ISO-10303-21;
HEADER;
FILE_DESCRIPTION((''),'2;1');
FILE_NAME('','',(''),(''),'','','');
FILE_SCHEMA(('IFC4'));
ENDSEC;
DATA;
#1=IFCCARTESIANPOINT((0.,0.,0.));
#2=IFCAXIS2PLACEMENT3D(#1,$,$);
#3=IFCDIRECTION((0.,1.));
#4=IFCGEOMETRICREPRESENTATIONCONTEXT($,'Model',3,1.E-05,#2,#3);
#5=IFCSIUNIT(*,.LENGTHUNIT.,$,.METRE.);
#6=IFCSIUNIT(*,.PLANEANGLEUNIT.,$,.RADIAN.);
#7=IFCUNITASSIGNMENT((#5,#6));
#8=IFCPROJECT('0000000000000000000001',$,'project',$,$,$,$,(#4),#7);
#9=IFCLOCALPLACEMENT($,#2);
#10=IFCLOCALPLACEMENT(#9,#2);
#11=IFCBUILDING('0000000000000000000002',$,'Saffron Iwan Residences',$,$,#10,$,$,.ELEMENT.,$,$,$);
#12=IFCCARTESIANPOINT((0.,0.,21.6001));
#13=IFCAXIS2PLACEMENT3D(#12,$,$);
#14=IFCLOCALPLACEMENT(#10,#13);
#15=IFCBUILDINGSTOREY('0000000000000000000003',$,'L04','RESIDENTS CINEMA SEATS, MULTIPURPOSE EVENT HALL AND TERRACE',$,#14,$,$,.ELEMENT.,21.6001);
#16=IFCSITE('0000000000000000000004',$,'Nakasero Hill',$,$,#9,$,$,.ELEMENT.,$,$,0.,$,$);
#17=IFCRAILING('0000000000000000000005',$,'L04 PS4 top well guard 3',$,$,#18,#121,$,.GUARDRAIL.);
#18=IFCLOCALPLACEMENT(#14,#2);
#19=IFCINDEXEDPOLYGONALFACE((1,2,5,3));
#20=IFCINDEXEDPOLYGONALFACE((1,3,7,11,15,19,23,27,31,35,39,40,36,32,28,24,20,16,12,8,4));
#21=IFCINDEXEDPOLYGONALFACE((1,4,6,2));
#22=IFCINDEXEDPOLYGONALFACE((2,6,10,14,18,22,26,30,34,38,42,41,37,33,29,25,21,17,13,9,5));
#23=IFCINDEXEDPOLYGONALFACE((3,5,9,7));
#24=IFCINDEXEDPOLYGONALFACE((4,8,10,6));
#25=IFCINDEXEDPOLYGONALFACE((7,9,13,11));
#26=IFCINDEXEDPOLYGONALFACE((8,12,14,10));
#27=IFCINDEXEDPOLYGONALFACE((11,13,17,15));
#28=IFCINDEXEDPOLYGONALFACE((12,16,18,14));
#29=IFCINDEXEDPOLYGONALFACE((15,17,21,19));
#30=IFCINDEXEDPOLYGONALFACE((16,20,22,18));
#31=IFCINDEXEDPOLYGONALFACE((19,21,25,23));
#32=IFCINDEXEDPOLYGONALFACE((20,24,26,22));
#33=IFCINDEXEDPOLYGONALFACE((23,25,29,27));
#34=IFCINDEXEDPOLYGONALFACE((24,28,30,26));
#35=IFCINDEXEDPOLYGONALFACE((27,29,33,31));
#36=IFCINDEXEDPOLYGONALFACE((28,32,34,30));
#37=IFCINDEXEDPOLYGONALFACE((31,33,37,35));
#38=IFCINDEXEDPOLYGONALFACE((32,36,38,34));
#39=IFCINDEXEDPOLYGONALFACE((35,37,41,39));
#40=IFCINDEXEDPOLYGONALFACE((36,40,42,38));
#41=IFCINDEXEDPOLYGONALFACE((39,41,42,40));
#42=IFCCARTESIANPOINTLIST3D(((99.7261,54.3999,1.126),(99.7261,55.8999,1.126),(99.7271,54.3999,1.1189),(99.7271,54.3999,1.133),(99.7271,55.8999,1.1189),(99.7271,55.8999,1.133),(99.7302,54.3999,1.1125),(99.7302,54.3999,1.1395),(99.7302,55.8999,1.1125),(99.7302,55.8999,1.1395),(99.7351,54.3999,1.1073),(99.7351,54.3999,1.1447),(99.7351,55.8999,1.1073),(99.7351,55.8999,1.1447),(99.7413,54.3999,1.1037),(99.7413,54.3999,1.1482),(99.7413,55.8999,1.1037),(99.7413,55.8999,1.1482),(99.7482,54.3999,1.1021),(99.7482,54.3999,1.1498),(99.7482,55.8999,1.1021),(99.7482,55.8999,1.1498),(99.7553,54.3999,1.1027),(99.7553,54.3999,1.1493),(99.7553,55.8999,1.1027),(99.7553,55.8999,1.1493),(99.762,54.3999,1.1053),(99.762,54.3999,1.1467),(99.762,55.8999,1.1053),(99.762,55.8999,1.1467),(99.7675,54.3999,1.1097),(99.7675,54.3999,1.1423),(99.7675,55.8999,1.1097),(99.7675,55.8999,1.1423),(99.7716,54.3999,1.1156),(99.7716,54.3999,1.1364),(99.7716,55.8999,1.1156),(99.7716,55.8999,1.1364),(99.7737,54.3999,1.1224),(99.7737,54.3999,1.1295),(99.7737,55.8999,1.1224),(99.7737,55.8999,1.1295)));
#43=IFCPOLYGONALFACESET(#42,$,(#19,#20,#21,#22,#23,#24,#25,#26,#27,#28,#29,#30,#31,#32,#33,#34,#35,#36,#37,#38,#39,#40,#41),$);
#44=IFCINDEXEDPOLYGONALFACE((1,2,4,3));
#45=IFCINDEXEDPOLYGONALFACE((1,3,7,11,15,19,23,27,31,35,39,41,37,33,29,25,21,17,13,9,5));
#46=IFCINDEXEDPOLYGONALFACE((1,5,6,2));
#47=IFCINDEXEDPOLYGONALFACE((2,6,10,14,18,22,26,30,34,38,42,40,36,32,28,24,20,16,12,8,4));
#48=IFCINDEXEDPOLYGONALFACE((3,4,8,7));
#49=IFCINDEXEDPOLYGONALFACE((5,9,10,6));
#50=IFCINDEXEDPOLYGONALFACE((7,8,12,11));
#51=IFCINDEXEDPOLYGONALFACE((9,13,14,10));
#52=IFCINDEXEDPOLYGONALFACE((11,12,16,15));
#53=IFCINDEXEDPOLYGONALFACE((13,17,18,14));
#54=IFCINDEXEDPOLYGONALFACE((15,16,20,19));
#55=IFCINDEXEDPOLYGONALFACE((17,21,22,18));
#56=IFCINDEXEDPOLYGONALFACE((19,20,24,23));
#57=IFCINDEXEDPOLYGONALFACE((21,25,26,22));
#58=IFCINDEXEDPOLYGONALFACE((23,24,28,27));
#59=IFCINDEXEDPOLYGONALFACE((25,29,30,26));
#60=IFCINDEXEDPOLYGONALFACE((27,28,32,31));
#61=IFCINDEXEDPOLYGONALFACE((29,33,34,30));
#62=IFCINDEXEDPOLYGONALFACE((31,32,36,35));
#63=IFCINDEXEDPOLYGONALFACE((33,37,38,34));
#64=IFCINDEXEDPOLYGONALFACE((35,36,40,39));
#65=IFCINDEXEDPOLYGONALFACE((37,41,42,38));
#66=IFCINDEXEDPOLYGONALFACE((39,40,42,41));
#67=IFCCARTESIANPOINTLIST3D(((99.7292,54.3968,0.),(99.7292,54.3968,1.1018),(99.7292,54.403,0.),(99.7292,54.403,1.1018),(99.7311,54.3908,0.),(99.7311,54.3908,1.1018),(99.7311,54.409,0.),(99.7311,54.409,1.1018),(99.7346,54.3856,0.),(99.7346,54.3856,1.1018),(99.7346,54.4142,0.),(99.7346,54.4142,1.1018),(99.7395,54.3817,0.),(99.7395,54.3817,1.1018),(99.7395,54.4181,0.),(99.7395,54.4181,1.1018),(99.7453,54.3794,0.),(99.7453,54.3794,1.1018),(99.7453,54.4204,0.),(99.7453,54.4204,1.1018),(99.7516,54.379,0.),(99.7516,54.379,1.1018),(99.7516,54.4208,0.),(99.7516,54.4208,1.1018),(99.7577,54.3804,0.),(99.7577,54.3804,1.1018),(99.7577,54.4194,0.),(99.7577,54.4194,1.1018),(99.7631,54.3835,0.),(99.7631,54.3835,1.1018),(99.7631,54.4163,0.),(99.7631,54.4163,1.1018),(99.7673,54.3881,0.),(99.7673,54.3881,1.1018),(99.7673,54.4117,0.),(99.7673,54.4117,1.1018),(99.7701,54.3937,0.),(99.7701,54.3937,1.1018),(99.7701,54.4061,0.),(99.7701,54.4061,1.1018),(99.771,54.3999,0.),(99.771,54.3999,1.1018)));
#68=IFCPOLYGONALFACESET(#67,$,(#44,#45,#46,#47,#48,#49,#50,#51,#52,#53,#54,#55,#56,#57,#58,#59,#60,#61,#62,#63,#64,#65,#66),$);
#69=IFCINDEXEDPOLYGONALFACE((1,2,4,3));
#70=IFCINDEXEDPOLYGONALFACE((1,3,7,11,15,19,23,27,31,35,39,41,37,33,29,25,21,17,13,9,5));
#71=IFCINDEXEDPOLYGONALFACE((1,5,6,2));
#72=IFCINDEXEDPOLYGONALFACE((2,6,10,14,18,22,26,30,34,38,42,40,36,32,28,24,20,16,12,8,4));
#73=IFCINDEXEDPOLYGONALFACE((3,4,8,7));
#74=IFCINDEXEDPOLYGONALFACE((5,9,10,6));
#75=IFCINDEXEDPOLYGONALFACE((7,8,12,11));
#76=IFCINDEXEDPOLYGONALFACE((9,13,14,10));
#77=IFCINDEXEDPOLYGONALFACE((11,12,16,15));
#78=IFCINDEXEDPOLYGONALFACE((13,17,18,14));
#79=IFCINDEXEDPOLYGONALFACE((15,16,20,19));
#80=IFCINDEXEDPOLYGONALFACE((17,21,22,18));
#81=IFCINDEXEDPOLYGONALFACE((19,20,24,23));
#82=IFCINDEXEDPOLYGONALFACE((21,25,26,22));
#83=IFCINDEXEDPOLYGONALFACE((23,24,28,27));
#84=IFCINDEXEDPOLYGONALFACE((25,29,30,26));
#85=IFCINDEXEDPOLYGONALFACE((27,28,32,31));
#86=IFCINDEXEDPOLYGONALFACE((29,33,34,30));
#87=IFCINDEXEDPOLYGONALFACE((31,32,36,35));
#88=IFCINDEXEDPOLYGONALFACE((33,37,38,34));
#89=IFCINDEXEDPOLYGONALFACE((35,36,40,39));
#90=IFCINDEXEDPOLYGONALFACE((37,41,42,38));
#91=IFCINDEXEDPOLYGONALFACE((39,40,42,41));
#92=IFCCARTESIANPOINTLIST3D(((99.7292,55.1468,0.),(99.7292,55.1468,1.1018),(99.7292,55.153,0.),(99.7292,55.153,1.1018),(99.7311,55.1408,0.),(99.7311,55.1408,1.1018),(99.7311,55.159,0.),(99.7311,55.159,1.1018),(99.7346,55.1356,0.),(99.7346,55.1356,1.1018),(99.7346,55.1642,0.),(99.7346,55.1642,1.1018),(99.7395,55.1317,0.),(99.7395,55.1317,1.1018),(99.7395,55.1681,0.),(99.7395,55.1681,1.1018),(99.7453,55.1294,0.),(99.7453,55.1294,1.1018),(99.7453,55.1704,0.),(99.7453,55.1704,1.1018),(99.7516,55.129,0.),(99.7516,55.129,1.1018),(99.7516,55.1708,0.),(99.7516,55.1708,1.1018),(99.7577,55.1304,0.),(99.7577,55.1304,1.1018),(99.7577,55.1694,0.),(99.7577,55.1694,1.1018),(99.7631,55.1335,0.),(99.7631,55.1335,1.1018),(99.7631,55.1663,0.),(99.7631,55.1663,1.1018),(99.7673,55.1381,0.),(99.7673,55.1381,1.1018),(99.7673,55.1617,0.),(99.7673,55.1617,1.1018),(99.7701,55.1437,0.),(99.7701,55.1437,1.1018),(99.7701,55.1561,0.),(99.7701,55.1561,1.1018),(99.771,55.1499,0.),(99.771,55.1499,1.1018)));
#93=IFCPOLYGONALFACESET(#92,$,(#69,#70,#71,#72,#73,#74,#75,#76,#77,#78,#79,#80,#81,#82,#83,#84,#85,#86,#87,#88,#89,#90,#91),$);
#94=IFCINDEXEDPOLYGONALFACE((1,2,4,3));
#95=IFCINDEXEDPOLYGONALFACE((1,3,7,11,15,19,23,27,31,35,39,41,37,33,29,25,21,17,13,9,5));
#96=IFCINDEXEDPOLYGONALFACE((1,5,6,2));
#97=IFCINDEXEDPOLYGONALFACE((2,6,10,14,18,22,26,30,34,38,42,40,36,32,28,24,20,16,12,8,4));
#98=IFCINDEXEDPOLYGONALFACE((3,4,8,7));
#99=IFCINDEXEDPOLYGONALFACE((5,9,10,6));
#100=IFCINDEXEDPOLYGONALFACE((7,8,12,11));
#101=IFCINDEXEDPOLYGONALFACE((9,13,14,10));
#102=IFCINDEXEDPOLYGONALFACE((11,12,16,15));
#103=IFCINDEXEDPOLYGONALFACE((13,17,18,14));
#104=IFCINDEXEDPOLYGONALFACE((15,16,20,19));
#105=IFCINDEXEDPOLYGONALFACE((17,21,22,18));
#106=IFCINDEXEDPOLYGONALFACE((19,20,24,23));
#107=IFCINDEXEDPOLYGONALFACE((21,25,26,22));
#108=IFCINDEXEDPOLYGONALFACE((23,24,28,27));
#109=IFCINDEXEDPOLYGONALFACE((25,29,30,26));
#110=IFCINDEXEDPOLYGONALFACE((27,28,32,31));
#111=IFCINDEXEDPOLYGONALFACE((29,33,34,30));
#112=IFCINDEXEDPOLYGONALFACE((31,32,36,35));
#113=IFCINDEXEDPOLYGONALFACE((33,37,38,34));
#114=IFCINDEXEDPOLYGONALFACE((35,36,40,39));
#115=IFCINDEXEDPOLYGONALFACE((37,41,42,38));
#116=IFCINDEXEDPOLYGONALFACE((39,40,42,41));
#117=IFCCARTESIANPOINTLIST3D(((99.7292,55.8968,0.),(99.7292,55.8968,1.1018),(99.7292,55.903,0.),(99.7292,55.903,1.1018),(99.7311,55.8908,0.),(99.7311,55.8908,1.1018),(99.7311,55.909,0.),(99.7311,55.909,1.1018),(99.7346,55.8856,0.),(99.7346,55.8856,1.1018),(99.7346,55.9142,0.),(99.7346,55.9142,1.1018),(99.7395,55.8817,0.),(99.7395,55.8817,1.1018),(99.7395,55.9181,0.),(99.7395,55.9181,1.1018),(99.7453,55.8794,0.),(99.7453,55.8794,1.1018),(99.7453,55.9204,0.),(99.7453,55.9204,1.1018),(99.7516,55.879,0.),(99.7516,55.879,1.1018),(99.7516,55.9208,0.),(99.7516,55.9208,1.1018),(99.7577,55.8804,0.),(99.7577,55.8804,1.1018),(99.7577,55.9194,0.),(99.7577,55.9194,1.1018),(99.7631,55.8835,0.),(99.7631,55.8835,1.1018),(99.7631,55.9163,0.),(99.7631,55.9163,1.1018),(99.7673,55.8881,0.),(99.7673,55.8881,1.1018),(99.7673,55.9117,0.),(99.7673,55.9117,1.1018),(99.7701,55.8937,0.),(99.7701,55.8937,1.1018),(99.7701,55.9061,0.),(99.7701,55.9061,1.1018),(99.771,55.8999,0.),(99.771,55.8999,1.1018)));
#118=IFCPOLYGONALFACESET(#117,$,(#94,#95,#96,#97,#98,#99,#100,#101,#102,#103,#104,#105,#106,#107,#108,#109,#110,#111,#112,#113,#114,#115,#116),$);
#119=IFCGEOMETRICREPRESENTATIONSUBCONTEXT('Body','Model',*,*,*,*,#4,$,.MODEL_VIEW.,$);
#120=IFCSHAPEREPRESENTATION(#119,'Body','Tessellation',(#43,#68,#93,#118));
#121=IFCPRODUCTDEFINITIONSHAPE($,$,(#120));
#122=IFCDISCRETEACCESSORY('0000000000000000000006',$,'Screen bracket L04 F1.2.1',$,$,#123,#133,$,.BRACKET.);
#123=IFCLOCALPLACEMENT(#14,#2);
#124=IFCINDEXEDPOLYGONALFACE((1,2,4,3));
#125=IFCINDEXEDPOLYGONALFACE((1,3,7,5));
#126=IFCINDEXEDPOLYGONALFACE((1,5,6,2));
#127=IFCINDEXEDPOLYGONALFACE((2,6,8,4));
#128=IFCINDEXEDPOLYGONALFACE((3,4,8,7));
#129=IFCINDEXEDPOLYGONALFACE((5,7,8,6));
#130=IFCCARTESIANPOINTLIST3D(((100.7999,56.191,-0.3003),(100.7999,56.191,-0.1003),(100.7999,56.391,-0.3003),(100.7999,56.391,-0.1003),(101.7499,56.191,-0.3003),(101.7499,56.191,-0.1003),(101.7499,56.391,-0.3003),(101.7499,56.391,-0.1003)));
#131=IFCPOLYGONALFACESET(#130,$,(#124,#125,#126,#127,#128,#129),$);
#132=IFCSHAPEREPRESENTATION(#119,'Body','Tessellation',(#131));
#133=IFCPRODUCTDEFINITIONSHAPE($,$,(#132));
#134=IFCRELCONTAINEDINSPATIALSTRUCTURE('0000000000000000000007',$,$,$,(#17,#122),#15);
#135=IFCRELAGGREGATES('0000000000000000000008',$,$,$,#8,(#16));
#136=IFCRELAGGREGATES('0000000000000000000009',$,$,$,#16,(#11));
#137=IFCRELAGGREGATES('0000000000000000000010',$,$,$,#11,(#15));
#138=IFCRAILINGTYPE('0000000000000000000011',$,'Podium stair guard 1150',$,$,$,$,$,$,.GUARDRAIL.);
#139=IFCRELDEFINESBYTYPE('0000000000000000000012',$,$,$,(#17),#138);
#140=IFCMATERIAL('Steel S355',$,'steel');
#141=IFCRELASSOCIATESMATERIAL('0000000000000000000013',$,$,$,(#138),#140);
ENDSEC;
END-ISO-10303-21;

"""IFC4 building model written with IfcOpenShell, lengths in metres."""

from ifc_helpers import new_model, si_unit, direction, frame, origin, origin_2d, place, context, subcontext, project, spatial, rectangle, circle, extrude, source, transform, mapped, material, type_object, element, save


model = new_model("IFC4")

# Units and contexts
model_context = context("Model", 3, precision=1e-05, world=origin(), true_north=direction((0.0, 1.0)))
body_context = subcontext(model_context, "Body", "Model", "MODEL_VIEW")
ifc_project = project(units=[si_unit("LENGTHUNIT", "METRE"), si_unit("PLANEANGLEUNIT", "RADIAN")], contexts=[model_context])

# Site, building, storey
site_placement = place(None, origin())
site = spatial("IfcSite", under=ifc_project, at=site_placement, Name="Nakasero Hill", CompositionType="ELEMENT", RefElevation=0.0)
building_placement = place(site_placement, origin())
building = spatial("IfcBuilding", under=site, at=building_placement, Name="Saffron Iwan Residences", CompositionType="ELEMENT")
storey_placement = place(building_placement, frame((0.0, 0.0, 21.6001)))
storey = spatial("IfcBuildingStorey", under=building, at=storey_placement, Name="L04", Description="RESIDENTS CINEMA SEATS, MULTIPURPOSE EVENT HALL AND TERRACE", CompositionType="ELEMENT", Elevation=21.6001)

# Railing
ifc_material_1 = material(Name="Steel S355", Category="steel")
railing_type = type_object("IfcRailingType", Name="Podium stair guard 1150", PredefinedType="GUARDRAIL", material=ifc_material_1)
railing_1_placement = place(storey_placement, frame((99.75, 54.3999, 0.0)))
element("IfcRailing", 1, at=railing_1_placement, inside=storey, type_object=railing_type, Name="L04 PS4 top well guard 3", PredefinedType="GUARDRAIL", context=body_context, shape_type="SweptSolid", body=[
    extrude(circle(Radius=0.0239, at=origin_2d()), frame((0.0, 0.0, 1.126), z_axis=(0.0, 1.0, 0.0), x_axis=(-1.0, 0.0, 0.0)), (0.0, 0.0, 1.0), 1.5),
    extrude(circle(Radius=0.021, at=origin_2d()), origin(), (0.0, 0.0, 1.0), 1.1018),
    extrude(circle(Radius=0.021, at=origin_2d()), frame((0.0, 0.75, 0.0)), (0.0, 0.0, 1.0), 1.1018),
    extrude(circle(Radius=0.021, at=origin_2d()), frame((0.0, 1.5, 0.0)), (0.0, 0.0, 1.0), 1.1018),
])

# Discrete accessory
shared_shape_1 = source(origin(), body_context, "Body", "SweptSolid", [
    extrude(rectangle(XDim=0.95, YDim=0.2, at=origin_2d()), origin(), (0.0, 0.0, 1.0), 0.2),
])
discrete_accessory_placement = place(storey_placement, frame((101.2749, 56.291, -0.3003), z_axis=(0.0, 0.0, 1.0), x_axis=(1.0, 0.0, 0.0)))
element("IfcDiscreteAccessory", 2, at=discrete_accessory_placement, inside=storey, Name="Screen bracket L04 F1.2.1", PredefinedType="BRACKET", context=body_context, shape_type="MappedRepresentation", body=[
    mapped(shared_shape_1, transform((0.0, 0.0, 0.0))),
])

save(model, "model.ifc")
